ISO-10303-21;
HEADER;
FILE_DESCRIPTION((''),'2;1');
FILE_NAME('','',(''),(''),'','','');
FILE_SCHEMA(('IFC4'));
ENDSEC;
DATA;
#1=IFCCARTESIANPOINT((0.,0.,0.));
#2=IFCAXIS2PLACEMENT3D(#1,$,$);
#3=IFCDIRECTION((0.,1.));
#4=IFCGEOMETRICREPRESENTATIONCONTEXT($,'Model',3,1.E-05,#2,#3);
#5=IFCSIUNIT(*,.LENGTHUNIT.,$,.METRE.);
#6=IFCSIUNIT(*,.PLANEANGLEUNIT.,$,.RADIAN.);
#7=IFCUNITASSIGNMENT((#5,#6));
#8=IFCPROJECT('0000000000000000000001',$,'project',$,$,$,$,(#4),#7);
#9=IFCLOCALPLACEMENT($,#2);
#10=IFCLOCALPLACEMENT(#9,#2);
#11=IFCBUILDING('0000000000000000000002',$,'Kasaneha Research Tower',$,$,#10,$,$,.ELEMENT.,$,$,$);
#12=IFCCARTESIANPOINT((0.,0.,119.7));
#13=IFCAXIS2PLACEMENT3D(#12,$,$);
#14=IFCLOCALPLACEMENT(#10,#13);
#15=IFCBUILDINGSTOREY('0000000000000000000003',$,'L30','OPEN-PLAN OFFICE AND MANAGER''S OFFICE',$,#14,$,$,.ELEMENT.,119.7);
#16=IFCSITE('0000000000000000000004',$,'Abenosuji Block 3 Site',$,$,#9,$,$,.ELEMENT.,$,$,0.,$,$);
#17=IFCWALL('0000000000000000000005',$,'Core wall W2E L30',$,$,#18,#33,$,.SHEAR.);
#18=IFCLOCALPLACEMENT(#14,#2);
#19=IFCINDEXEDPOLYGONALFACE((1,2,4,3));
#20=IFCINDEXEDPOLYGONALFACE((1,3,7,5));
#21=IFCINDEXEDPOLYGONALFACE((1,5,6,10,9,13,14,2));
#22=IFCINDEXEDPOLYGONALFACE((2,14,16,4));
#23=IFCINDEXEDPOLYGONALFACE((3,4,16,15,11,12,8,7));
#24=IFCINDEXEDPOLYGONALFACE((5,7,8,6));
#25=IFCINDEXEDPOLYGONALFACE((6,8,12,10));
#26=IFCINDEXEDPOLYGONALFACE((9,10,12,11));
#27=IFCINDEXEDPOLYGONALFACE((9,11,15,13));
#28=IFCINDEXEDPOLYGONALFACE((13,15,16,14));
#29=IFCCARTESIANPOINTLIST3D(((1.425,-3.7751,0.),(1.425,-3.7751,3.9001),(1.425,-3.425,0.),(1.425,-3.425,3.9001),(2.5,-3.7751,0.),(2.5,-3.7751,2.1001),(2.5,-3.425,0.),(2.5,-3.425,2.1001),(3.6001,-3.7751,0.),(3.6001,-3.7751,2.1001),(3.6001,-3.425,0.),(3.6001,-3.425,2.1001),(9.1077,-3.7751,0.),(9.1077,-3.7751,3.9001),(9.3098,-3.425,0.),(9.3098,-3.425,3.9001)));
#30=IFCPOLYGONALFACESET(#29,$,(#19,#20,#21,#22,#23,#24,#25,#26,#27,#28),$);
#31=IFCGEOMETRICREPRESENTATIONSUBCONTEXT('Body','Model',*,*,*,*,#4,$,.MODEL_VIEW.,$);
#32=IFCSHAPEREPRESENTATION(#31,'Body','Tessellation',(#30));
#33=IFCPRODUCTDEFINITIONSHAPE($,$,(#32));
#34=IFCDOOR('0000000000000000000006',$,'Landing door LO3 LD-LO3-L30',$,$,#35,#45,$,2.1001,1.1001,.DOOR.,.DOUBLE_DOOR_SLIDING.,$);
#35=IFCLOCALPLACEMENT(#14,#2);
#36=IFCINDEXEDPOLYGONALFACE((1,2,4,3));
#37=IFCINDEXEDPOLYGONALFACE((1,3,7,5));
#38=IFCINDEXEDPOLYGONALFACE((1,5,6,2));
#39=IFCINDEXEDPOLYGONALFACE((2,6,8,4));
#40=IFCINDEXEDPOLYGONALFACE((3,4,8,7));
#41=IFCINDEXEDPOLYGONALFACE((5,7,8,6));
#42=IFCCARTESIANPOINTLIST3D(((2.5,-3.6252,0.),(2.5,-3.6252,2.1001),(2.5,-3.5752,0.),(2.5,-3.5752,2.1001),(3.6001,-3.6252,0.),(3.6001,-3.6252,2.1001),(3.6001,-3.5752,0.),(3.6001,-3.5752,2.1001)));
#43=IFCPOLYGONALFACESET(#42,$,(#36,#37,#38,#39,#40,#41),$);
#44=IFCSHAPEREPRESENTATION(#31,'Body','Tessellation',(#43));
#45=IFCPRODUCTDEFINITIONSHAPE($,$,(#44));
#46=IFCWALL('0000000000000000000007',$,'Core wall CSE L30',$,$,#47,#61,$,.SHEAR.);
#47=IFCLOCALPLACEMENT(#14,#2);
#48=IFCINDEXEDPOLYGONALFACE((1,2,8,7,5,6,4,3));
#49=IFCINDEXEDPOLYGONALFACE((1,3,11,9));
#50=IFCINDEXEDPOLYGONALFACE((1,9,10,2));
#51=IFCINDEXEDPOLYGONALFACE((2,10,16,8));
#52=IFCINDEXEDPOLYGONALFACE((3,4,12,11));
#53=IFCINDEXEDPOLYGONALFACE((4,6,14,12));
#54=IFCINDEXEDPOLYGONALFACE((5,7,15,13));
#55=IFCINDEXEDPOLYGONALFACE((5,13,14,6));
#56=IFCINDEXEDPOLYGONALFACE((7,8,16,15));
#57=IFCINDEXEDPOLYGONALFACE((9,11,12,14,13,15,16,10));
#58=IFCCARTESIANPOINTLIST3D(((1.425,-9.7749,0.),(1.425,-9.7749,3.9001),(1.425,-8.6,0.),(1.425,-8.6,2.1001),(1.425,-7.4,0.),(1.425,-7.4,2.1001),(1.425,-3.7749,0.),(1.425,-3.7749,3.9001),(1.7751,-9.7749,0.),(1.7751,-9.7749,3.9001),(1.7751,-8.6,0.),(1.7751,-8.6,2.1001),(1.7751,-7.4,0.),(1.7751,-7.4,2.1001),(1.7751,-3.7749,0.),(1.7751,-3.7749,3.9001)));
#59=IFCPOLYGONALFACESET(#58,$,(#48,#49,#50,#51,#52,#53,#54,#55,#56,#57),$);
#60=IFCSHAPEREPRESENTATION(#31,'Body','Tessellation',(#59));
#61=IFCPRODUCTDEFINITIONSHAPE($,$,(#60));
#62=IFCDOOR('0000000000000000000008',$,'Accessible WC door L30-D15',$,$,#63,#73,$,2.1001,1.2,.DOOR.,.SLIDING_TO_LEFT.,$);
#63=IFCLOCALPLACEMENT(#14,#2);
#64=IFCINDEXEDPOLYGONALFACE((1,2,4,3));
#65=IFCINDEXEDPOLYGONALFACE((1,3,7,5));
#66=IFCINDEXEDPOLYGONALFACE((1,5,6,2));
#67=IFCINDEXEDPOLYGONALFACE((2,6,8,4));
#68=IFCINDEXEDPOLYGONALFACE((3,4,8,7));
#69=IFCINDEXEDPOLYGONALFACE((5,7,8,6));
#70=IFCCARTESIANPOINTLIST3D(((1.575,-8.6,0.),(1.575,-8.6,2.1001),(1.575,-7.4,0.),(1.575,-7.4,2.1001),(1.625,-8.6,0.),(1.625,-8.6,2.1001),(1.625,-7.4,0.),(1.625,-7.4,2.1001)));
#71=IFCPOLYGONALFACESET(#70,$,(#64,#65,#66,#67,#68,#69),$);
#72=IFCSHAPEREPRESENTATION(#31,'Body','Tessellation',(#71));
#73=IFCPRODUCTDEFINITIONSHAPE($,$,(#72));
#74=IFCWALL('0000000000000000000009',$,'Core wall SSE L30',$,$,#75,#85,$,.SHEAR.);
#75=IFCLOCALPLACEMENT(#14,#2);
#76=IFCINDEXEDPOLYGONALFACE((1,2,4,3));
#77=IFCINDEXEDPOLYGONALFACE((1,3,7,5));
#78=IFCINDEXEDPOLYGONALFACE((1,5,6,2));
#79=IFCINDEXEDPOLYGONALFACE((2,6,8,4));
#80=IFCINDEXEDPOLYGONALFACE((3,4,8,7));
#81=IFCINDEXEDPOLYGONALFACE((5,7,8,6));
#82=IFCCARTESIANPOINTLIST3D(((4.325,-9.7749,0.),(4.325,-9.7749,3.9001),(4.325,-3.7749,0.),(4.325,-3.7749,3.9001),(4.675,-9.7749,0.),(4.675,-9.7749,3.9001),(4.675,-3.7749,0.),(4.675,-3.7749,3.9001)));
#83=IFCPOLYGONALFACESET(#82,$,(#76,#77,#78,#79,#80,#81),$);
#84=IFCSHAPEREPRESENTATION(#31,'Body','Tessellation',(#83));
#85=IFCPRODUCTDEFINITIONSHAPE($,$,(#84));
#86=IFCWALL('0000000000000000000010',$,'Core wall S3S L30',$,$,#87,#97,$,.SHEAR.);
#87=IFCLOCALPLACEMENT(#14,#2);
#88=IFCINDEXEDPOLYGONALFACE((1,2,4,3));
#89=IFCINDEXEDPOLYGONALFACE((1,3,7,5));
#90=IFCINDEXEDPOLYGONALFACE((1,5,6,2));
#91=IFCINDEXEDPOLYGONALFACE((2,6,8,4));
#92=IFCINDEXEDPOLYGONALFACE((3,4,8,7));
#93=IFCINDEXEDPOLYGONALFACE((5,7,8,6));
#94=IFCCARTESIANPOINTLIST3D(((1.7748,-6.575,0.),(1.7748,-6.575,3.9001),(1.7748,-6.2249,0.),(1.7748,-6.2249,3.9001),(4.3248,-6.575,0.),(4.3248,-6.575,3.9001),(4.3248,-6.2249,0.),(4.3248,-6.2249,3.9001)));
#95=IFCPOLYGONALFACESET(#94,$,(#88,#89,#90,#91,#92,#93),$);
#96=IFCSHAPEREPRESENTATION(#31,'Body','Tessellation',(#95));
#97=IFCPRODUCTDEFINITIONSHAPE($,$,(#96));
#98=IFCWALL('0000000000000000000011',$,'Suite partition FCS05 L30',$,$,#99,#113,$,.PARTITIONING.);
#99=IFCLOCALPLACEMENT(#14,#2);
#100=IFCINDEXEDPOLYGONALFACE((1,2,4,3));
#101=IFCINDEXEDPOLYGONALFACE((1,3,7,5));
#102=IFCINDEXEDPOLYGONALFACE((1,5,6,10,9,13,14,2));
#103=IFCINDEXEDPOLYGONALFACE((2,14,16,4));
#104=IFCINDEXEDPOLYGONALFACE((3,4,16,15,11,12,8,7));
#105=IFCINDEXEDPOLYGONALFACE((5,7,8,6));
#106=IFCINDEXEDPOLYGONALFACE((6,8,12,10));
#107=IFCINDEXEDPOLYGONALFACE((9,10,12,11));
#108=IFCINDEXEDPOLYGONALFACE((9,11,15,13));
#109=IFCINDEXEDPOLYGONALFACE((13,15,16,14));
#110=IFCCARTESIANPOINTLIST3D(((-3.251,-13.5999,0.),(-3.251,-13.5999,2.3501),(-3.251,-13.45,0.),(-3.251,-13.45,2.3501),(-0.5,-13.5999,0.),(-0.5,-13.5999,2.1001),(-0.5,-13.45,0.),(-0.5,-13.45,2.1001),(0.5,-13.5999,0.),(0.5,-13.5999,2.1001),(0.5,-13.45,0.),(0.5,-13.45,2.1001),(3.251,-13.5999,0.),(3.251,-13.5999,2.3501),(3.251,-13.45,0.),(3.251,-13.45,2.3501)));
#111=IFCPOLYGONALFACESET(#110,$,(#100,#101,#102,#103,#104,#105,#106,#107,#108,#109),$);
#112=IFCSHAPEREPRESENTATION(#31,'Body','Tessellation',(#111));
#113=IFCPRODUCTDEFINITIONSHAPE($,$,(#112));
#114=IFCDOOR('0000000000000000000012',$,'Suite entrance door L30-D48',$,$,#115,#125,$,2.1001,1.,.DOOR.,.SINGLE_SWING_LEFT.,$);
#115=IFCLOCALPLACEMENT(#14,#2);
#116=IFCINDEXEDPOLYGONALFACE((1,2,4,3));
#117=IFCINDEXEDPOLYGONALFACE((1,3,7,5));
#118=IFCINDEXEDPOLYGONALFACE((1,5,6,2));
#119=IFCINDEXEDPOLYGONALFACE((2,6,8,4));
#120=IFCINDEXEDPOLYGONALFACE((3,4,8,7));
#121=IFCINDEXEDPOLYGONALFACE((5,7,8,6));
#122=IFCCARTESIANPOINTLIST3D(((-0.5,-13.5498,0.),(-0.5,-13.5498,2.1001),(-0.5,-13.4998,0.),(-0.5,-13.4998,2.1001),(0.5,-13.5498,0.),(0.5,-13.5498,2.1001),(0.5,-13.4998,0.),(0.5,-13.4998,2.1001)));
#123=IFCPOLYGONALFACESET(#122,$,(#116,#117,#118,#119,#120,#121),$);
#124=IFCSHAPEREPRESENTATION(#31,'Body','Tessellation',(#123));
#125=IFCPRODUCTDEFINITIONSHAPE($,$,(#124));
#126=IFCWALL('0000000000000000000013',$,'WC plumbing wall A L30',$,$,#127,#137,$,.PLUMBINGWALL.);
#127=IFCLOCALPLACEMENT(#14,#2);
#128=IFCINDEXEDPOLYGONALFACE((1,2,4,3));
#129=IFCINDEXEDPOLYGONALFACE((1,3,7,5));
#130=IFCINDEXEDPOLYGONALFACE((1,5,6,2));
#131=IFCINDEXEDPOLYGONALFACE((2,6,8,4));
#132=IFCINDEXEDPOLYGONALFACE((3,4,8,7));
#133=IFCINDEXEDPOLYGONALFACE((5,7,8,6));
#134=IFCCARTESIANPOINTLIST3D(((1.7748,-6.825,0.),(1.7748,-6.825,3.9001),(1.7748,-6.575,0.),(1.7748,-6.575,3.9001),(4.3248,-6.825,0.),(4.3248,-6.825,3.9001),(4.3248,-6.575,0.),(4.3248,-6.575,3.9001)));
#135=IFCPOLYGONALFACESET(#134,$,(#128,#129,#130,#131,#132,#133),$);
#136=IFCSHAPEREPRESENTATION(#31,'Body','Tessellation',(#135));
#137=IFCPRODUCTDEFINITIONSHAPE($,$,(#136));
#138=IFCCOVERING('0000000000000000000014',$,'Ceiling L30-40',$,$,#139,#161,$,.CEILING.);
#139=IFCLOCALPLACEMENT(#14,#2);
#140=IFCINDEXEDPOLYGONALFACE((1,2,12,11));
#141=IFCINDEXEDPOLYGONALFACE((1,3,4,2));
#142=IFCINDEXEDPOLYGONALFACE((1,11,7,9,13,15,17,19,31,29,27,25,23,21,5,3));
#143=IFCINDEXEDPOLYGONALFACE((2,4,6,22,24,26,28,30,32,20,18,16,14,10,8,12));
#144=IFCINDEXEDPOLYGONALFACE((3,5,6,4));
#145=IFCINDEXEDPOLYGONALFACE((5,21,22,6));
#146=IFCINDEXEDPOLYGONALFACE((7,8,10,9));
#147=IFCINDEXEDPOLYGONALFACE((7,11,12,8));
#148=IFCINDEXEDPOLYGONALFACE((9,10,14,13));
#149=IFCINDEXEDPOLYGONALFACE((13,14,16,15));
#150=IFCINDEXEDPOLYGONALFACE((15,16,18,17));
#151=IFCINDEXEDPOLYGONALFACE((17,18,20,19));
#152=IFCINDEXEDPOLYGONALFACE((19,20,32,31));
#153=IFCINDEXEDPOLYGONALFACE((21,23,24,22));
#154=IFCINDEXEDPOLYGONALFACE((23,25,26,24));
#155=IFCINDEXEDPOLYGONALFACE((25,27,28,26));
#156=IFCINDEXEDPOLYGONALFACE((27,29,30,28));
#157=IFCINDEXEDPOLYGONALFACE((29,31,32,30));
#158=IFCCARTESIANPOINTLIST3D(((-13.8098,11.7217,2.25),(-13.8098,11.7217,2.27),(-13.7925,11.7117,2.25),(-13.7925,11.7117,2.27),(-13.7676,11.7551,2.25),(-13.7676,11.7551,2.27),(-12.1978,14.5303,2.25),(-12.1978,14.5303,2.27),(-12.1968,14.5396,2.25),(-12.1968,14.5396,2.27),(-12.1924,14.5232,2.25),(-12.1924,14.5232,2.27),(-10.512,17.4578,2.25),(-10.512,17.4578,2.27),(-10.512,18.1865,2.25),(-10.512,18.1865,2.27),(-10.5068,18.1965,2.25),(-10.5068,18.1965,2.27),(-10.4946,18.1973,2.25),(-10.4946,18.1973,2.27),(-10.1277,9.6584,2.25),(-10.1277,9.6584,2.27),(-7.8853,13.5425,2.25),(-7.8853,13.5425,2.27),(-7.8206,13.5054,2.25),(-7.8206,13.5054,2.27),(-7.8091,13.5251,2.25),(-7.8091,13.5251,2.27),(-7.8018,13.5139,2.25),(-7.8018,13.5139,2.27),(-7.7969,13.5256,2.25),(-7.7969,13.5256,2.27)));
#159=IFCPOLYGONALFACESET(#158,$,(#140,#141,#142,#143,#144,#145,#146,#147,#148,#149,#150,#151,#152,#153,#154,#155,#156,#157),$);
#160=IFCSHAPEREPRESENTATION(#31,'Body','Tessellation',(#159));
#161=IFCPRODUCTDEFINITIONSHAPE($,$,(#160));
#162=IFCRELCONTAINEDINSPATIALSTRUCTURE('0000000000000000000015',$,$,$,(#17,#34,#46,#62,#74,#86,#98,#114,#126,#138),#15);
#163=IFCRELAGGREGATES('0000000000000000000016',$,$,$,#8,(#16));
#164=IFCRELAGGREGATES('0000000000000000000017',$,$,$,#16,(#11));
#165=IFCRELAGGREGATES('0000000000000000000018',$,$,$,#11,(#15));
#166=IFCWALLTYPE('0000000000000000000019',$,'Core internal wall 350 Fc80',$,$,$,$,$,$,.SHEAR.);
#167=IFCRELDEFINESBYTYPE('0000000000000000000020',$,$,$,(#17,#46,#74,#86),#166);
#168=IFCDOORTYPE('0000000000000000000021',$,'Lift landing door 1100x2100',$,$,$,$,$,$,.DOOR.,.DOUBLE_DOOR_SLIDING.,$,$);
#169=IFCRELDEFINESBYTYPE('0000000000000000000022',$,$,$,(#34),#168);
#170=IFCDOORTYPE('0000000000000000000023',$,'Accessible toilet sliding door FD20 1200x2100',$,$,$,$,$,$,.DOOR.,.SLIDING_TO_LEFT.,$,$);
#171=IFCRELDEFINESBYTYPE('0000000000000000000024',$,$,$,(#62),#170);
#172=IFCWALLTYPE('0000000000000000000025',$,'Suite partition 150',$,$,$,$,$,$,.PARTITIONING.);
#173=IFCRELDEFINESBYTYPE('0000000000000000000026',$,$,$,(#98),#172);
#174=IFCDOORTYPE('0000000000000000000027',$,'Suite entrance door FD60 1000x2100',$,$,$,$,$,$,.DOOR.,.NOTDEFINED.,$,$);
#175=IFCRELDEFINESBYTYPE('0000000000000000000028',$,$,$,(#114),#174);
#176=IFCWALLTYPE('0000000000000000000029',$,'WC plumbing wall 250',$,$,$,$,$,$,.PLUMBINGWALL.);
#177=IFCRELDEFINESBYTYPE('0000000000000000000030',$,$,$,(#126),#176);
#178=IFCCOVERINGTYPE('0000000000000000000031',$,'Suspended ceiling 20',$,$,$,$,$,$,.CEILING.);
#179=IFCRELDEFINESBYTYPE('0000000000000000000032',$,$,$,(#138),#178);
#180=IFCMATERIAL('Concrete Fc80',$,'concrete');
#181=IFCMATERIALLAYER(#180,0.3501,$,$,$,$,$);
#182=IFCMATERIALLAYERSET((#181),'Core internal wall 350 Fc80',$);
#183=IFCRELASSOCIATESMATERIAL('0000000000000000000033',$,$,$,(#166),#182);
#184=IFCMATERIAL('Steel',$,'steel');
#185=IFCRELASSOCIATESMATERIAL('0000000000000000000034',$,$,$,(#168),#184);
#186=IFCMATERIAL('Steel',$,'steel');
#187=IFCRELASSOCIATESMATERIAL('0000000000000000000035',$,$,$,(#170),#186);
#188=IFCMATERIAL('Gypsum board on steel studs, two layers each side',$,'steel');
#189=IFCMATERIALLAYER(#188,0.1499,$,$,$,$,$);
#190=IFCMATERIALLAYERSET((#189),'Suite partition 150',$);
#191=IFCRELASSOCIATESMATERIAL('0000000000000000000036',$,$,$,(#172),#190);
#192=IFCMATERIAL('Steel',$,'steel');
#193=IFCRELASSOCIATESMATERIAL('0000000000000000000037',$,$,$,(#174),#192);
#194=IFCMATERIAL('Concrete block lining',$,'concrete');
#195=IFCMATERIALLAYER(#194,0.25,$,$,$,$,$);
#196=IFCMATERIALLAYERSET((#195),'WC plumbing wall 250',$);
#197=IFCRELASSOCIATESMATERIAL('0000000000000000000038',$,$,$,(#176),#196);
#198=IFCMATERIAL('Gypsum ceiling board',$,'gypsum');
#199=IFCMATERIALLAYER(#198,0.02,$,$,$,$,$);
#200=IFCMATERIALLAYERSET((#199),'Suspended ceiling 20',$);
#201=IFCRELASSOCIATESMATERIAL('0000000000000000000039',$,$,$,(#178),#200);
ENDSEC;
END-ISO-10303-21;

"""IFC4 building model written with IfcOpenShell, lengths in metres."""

from ifc_helpers import new_model, si_unit, direction, frame, frame_2d, origin, place, context, subcontext, project, spatial, polyline, rectangle, outline, extrude, material, layer, layer_set, type_object, element, fill, save


model = new_model("IFC4")

# Units and contexts
model_context = context("Model", 3, precision=1e-05, world=origin(), true_north=direction((0.0, 1.0)))
body_context = subcontext(model_context, "Body", "Model", "MODEL_VIEW")
ifc_project = project(units=[si_unit("LENGTHUNIT", "METRE"), si_unit("PLANEANGLEUNIT", "RADIAN")], contexts=[model_context])

# Site, building, storey
site_placement = place(None, origin())
site = spatial("IfcSite", under=ifc_project, at=site_placement, Name="Abenosuji Block 3 Site", CompositionType="ELEMENT", RefElevation=0.0)
building_placement = place(site_placement, origin())
building = spatial("IfcBuilding", under=site, at=building_placement, Name="Kasaneha Research Tower", CompositionType="ELEMENT")
storey_placement = place(building_placement, frame((0.0, 0.0, 119.7)))
storey = spatial("IfcBuildingStorey", under=building, at=storey_placement, Name="L30", Description="OPEN-PLAN OFFICE AND MANAGER'S OFFICE", CompositionType="ELEMENT", Elevation=119.7)

# Walls, openings, doors
ifc_material_1 = material(Name="Concrete Fc80", Category="concrete")
ifc_layer_1 = layer(ifc_material_1, 0.3501)
ifc_layer_set_1 = layer_set([ifc_layer_1], Name="Core internal wall 350 Fc80")
wall_type_1 = type_object("IfcWallType", Name="Core internal wall 350 Fc80", PredefinedType="SHEAR", material=ifc_layer_set_1)
wall_1_placement = place(storey_placement, frame((1.425, -3.6001, 0.0), z_axis=(0.0, 0.0, 1.0), x_axis=(1.0, 0.0, 0.0)))
wall_1 = element("IfcWall", 1, at=wall_1_placement, inside=storey, type_object=wall_type_1, Name="Core wall W2E L30", PredefinedType="SHEAR", context=body_context, shape_type="SweptSolid", body=[
    extrude(outline(polyline([(0.0, -0.175), (1.075, -0.175), (2.175, -0.175), (7.6826, -0.175), (7.8848, 0.175), (2.175, 0.175), (1.075, 0.175), (0.0, 0.175), (0.0, -0.175)])), origin(), (0.0, 0.0, 1.0), 3.9001),
])
opening_1_placement = place(wall_1_placement, frame((1.075, 0.0, 0.0)))
opening_1 = element("IfcOpeningElement", 2, at=opening_1_placement, cuts=wall_1, PredefinedType="OPENING", context=body_context, shape_type="SweptSolid", body=[
    extrude(rectangle(XDim=1.1001, YDim=2.1001, at=frame_2d((0.55, 1.05))), frame((0.0, 0.1851, 0.0), z_axis=(0.0, -1.0, 0.0), x_axis=(1.0, 0.0, 0.0)), (0.0, 0.0, 1.0), 0.3701),
])
ifc_material_2 = material(Name="Steel", Category="steel")
door_type_1 = type_object("IfcDoorType", Name="Lift landing door 1100x2100", OperationType="DOUBLE_DOOR_SLIDING", PredefinedType="DOOR", material=ifc_material_2)
door_1_placement = place(opening_1_placement, origin())
door_1 = element("IfcDoor", 3, at=door_1_placement, inside=storey, type_object=door_type_1, Name="Landing door LO3 LD-LO3-L30", OperationType="DOUBLE_DOOR_SLIDING", OverallHeight=2.1001, OverallWidth=1.1001, PredefinedType="DOOR", context=body_context, shape_type="SweptSolid", body=[
    extrude(rectangle(XDim=1.1001, YDim=2.1001, at=frame_2d((0.55, 1.05))), frame((0.0, 0.0249, 0.0), z_axis=(0.0, -1.0, 0.0), x_axis=(1.0, 0.0, 0.0)), (0.0, 0.0, 1.0), 0.05),
])
fill(opening_1, door_1)
wall_2_placement = place(storey_placement, frame((1.6001, -3.7749, 0.0), z_axis=(0.0, 0.0, 1.0), x_axis=(0.0, -1.0, 0.0)))
wall_2 = element("IfcWall", 4, at=wall_2_placement, inside=storey, type_object=wall_type_1, Name="Core wall CSE L30", PredefinedType="SHEAR", context=body_context, shape_type="SweptSolid", body=[
    extrude(rectangle(XDim=6.0, YDim=0.3501, at=frame_2d((3.0, 0.0))), origin(), (0.0, 0.0, 1.0), 3.9001),
])
opening_2_placement = place(wall_2_placement, frame((3.625, 0.0, 0.0)))
opening_2 = element("IfcOpeningElement", 5, at=opening_2_placement, cuts=wall_2, PredefinedType="OPENING", context=body_context, shape_type="SweptSolid", body=[
    extrude(rectangle(XDim=1.2, YDim=2.1001, at=frame_2d((0.6001, 1.05))), frame((0.0, 0.1851, 0.0), z_axis=(0.0, -1.0, 0.0), x_axis=(1.0, 0.0, 0.0)), (0.0, 0.0, 1.0), 0.3701),
])
ifc_material_3 = material(Name="Steel", Category="steel")
door_type_2 = type_object("IfcDoorType", Name="Accessible toilet sliding door FD20 1200x2100", OperationType="SLIDING_TO_LEFT", PredefinedType="DOOR", material=ifc_material_3)
door_2_placement = place(opening_2_placement, origin())
door_2 = element("IfcDoor", 6, at=door_2_placement, inside=storey, type_object=door_type_2, Name="Accessible WC door L30-D15", OperationType="SLIDING_TO_LEFT", OverallHeight=2.1001, OverallWidth=1.2, PredefinedType="DOOR", context=body_context, shape_type="SweptSolid", body=[
    extrude(rectangle(XDim=1.2, YDim=2.1001, at=frame_2d((0.6001, 1.05))), frame((0.0, 0.0249, 0.0), z_axis=(0.0, -1.0, 0.0), x_axis=(1.0, 0.0, 0.0)), (0.0, 0.0, 1.0), 0.05),
])
fill(opening_2, door_2)

# Walls
wall_3_placement = place(storey_placement, frame((4.5, -3.7749, 0.0), z_axis=(0.0, 0.0, 1.0), x_axis=(0.0, -1.0, 0.0)))
element("IfcWall", 7, at=wall_3_placement, inside=storey, type_object=wall_type_1, Name="Core wall SSE L30", PredefinedType="SHEAR", context=body_context, shape_type="SweptSolid", body=[
    extrude(rectangle(XDim=6.0, YDim=0.3501, at=frame_2d((3.0, 0.0))), origin(), (0.0, 0.0, 1.0), 3.9001),
])
wall_4_placement = place(storey_placement, frame((1.7749, -6.3999, 0.0), z_axis=(0.0, 0.0, 1.0), x_axis=(1.0, 0.0, 0.0)))
element("IfcWall", 8, at=wall_4_placement, inside=storey, type_object=wall_type_1, Name="Core wall S3S L30", PredefinedType="SHEAR", context=body_context, shape_type="SweptSolid", body=[
    extrude(rectangle(XDim=2.55, YDim=0.3501, at=frame_2d((1.2749, 0.0))), origin(), (0.0, 0.0, 1.0), 3.9001),
])

# Wall, opening, door
ifc_material_4 = material(Name="Gypsum board on steel studs, two layers each side", Category="steel")
ifc_layer_2 = layer(ifc_material_4, 0.1499)
ifc_layer_set_2 = layer_set([ifc_layer_2], Name="Suite partition 150")
wall_type_2 = type_object("IfcWallType", Name="Suite partition 150", PredefinedType="PARTITIONING", material=ifc_layer_set_2)
wall_5_placement = place(storey_placement, frame((3.251, -13.5249, 0.0), z_axis=(0.0, 0.0, 1.0), x_axis=(-1.0, 0.0, 0.0)))
wall_5 = element("IfcWall", 9, at=wall_5_placement, inside=storey, type_object=wall_type_2, Name="Suite partition FCS05 L30", PredefinedType="PARTITIONING", context=body_context, shape_type="SweptSolid", body=[
    extrude(rectangle(XDim=6.502, YDim=0.1499, at=frame_2d((3.251, 0.0))), origin(), (0.0, 0.0, 1.0), 2.3501),
])
opening_3_placement = place(wall_5_placement, frame((2.751, 0.0, 0.0)))
opening_3 = element("IfcOpeningElement", 10, at=opening_3_placement, cuts=wall_5, PredefinedType="OPENING", context=body_context, shape_type="SweptSolid", body=[
    extrude(rectangle(XDim=1.0, YDim=2.1001, at=frame_2d((0.5, 1.05))), frame((0.0, 0.085, 0.0), z_axis=(0.0, -1.0, 0.0), x_axis=(1.0, 0.0, 0.0)), (0.0, 0.0, 1.0), 0.1699),
])
ifc_material_5 = material(Name="Steel", Category="steel")
door_type_3 = type_object("IfcDoorType", Name="Suite entrance door FD60 1000x2100", OperationType="NOTDEFINED", PredefinedType="DOOR", material=ifc_material_5)
door_3_placement = place(opening_3_placement, origin())
door_3 = element("IfcDoor", 11, at=door_3_placement, inside=storey, type_object=door_type_3, Name="Suite entrance door L30-D48", OperationType="SINGLE_SWING_LEFT", OverallHeight=2.1001, OverallWidth=1.0, PredefinedType="DOOR", context=body_context, shape_type="SweptSolid", body=[
    extrude(rectangle(XDim=1.0, YDim=2.1001, at=frame_2d((0.5, 1.05))), frame((0.0, 0.0249, 0.0), z_axis=(0.0, -1.0, 0.0), x_axis=(1.0, 0.0, 0.0)), (0.0, 0.0, 1.0), 0.05),
])
fill(opening_3, door_3)

# Wall
ifc_material_6 = material(Name="Concrete block lining", Category="concrete")
ifc_layer_3 = layer(ifc_material_6, 0.25)
ifc_layer_set_3 = layer_set([ifc_layer_3], Name="WC plumbing wall 250")
wall_type_3 = type_object("IfcWallType", Name="WC plumbing wall 250", PredefinedType="PLUMBINGWALL", material=ifc_layer_set_3)
wall_6_placement = place(storey_placement, frame((1.7749, -6.7, 0.0), z_axis=(0.0, 0.0, 1.0), x_axis=(1.0, 0.0, 0.0)))
element("IfcWall", 12, at=wall_6_placement, inside=storey, type_object=wall_type_3, Name="WC plumbing wall A L30", PredefinedType="PLUMBINGWALL", context=body_context, shape_type="SweptSolid", body=[
    extrude(rectangle(XDim=2.55, YDim=0.25, at=frame_2d((1.2749, 0.0))), origin(), (0.0, 0.0, 1.0), 3.9001),
])

# Covering
ifc_material_7 = material(Name="Gypsum ceiling board", Category="gypsum")
ifc_layer_4 = layer(ifc_material_7, 0.02)
ifc_layer_set_4 = layer_set([ifc_layer_4], Name="Suspended ceiling 20")
covering_type = type_object("IfcCoveringType", Name="Suspended ceiling 20", PredefinedType="CEILING", material=ifc_layer_set_4)
covering_1_placement = place(storey_placement, frame((0.0, 0.0, 2.25)))
element("IfcCovering", 13, at=covering_1_placement, inside=storey, type_object=covering_type, Name="Ceiling L30-40", PredefinedType="CEILING", context=body_context, shape_type="SweptSolid", body=[
    extrude(outline(polyline([(-12.1968, 14.5396), (-10.512, 17.4578), (-10.512, 18.1865), (-10.5068, 18.1965), (-10.4946, 18.1973), (-7.7969, 13.5256), (-7.8018, 13.5139), (-7.8091, 13.5251), (-7.8206, 13.5054), (-7.8853, 13.5425), (-10.1277, 9.6584), (-13.7676, 11.7551), (-13.7925, 11.7117), (-13.8098, 11.7217), (-12.1924, 14.5232), (-12.1978, 14.5303), (-12.1968, 14.5396)])), origin(), (0.0, 0.0, 1.0), 0.02),
])

save(model, "model.ifc")
